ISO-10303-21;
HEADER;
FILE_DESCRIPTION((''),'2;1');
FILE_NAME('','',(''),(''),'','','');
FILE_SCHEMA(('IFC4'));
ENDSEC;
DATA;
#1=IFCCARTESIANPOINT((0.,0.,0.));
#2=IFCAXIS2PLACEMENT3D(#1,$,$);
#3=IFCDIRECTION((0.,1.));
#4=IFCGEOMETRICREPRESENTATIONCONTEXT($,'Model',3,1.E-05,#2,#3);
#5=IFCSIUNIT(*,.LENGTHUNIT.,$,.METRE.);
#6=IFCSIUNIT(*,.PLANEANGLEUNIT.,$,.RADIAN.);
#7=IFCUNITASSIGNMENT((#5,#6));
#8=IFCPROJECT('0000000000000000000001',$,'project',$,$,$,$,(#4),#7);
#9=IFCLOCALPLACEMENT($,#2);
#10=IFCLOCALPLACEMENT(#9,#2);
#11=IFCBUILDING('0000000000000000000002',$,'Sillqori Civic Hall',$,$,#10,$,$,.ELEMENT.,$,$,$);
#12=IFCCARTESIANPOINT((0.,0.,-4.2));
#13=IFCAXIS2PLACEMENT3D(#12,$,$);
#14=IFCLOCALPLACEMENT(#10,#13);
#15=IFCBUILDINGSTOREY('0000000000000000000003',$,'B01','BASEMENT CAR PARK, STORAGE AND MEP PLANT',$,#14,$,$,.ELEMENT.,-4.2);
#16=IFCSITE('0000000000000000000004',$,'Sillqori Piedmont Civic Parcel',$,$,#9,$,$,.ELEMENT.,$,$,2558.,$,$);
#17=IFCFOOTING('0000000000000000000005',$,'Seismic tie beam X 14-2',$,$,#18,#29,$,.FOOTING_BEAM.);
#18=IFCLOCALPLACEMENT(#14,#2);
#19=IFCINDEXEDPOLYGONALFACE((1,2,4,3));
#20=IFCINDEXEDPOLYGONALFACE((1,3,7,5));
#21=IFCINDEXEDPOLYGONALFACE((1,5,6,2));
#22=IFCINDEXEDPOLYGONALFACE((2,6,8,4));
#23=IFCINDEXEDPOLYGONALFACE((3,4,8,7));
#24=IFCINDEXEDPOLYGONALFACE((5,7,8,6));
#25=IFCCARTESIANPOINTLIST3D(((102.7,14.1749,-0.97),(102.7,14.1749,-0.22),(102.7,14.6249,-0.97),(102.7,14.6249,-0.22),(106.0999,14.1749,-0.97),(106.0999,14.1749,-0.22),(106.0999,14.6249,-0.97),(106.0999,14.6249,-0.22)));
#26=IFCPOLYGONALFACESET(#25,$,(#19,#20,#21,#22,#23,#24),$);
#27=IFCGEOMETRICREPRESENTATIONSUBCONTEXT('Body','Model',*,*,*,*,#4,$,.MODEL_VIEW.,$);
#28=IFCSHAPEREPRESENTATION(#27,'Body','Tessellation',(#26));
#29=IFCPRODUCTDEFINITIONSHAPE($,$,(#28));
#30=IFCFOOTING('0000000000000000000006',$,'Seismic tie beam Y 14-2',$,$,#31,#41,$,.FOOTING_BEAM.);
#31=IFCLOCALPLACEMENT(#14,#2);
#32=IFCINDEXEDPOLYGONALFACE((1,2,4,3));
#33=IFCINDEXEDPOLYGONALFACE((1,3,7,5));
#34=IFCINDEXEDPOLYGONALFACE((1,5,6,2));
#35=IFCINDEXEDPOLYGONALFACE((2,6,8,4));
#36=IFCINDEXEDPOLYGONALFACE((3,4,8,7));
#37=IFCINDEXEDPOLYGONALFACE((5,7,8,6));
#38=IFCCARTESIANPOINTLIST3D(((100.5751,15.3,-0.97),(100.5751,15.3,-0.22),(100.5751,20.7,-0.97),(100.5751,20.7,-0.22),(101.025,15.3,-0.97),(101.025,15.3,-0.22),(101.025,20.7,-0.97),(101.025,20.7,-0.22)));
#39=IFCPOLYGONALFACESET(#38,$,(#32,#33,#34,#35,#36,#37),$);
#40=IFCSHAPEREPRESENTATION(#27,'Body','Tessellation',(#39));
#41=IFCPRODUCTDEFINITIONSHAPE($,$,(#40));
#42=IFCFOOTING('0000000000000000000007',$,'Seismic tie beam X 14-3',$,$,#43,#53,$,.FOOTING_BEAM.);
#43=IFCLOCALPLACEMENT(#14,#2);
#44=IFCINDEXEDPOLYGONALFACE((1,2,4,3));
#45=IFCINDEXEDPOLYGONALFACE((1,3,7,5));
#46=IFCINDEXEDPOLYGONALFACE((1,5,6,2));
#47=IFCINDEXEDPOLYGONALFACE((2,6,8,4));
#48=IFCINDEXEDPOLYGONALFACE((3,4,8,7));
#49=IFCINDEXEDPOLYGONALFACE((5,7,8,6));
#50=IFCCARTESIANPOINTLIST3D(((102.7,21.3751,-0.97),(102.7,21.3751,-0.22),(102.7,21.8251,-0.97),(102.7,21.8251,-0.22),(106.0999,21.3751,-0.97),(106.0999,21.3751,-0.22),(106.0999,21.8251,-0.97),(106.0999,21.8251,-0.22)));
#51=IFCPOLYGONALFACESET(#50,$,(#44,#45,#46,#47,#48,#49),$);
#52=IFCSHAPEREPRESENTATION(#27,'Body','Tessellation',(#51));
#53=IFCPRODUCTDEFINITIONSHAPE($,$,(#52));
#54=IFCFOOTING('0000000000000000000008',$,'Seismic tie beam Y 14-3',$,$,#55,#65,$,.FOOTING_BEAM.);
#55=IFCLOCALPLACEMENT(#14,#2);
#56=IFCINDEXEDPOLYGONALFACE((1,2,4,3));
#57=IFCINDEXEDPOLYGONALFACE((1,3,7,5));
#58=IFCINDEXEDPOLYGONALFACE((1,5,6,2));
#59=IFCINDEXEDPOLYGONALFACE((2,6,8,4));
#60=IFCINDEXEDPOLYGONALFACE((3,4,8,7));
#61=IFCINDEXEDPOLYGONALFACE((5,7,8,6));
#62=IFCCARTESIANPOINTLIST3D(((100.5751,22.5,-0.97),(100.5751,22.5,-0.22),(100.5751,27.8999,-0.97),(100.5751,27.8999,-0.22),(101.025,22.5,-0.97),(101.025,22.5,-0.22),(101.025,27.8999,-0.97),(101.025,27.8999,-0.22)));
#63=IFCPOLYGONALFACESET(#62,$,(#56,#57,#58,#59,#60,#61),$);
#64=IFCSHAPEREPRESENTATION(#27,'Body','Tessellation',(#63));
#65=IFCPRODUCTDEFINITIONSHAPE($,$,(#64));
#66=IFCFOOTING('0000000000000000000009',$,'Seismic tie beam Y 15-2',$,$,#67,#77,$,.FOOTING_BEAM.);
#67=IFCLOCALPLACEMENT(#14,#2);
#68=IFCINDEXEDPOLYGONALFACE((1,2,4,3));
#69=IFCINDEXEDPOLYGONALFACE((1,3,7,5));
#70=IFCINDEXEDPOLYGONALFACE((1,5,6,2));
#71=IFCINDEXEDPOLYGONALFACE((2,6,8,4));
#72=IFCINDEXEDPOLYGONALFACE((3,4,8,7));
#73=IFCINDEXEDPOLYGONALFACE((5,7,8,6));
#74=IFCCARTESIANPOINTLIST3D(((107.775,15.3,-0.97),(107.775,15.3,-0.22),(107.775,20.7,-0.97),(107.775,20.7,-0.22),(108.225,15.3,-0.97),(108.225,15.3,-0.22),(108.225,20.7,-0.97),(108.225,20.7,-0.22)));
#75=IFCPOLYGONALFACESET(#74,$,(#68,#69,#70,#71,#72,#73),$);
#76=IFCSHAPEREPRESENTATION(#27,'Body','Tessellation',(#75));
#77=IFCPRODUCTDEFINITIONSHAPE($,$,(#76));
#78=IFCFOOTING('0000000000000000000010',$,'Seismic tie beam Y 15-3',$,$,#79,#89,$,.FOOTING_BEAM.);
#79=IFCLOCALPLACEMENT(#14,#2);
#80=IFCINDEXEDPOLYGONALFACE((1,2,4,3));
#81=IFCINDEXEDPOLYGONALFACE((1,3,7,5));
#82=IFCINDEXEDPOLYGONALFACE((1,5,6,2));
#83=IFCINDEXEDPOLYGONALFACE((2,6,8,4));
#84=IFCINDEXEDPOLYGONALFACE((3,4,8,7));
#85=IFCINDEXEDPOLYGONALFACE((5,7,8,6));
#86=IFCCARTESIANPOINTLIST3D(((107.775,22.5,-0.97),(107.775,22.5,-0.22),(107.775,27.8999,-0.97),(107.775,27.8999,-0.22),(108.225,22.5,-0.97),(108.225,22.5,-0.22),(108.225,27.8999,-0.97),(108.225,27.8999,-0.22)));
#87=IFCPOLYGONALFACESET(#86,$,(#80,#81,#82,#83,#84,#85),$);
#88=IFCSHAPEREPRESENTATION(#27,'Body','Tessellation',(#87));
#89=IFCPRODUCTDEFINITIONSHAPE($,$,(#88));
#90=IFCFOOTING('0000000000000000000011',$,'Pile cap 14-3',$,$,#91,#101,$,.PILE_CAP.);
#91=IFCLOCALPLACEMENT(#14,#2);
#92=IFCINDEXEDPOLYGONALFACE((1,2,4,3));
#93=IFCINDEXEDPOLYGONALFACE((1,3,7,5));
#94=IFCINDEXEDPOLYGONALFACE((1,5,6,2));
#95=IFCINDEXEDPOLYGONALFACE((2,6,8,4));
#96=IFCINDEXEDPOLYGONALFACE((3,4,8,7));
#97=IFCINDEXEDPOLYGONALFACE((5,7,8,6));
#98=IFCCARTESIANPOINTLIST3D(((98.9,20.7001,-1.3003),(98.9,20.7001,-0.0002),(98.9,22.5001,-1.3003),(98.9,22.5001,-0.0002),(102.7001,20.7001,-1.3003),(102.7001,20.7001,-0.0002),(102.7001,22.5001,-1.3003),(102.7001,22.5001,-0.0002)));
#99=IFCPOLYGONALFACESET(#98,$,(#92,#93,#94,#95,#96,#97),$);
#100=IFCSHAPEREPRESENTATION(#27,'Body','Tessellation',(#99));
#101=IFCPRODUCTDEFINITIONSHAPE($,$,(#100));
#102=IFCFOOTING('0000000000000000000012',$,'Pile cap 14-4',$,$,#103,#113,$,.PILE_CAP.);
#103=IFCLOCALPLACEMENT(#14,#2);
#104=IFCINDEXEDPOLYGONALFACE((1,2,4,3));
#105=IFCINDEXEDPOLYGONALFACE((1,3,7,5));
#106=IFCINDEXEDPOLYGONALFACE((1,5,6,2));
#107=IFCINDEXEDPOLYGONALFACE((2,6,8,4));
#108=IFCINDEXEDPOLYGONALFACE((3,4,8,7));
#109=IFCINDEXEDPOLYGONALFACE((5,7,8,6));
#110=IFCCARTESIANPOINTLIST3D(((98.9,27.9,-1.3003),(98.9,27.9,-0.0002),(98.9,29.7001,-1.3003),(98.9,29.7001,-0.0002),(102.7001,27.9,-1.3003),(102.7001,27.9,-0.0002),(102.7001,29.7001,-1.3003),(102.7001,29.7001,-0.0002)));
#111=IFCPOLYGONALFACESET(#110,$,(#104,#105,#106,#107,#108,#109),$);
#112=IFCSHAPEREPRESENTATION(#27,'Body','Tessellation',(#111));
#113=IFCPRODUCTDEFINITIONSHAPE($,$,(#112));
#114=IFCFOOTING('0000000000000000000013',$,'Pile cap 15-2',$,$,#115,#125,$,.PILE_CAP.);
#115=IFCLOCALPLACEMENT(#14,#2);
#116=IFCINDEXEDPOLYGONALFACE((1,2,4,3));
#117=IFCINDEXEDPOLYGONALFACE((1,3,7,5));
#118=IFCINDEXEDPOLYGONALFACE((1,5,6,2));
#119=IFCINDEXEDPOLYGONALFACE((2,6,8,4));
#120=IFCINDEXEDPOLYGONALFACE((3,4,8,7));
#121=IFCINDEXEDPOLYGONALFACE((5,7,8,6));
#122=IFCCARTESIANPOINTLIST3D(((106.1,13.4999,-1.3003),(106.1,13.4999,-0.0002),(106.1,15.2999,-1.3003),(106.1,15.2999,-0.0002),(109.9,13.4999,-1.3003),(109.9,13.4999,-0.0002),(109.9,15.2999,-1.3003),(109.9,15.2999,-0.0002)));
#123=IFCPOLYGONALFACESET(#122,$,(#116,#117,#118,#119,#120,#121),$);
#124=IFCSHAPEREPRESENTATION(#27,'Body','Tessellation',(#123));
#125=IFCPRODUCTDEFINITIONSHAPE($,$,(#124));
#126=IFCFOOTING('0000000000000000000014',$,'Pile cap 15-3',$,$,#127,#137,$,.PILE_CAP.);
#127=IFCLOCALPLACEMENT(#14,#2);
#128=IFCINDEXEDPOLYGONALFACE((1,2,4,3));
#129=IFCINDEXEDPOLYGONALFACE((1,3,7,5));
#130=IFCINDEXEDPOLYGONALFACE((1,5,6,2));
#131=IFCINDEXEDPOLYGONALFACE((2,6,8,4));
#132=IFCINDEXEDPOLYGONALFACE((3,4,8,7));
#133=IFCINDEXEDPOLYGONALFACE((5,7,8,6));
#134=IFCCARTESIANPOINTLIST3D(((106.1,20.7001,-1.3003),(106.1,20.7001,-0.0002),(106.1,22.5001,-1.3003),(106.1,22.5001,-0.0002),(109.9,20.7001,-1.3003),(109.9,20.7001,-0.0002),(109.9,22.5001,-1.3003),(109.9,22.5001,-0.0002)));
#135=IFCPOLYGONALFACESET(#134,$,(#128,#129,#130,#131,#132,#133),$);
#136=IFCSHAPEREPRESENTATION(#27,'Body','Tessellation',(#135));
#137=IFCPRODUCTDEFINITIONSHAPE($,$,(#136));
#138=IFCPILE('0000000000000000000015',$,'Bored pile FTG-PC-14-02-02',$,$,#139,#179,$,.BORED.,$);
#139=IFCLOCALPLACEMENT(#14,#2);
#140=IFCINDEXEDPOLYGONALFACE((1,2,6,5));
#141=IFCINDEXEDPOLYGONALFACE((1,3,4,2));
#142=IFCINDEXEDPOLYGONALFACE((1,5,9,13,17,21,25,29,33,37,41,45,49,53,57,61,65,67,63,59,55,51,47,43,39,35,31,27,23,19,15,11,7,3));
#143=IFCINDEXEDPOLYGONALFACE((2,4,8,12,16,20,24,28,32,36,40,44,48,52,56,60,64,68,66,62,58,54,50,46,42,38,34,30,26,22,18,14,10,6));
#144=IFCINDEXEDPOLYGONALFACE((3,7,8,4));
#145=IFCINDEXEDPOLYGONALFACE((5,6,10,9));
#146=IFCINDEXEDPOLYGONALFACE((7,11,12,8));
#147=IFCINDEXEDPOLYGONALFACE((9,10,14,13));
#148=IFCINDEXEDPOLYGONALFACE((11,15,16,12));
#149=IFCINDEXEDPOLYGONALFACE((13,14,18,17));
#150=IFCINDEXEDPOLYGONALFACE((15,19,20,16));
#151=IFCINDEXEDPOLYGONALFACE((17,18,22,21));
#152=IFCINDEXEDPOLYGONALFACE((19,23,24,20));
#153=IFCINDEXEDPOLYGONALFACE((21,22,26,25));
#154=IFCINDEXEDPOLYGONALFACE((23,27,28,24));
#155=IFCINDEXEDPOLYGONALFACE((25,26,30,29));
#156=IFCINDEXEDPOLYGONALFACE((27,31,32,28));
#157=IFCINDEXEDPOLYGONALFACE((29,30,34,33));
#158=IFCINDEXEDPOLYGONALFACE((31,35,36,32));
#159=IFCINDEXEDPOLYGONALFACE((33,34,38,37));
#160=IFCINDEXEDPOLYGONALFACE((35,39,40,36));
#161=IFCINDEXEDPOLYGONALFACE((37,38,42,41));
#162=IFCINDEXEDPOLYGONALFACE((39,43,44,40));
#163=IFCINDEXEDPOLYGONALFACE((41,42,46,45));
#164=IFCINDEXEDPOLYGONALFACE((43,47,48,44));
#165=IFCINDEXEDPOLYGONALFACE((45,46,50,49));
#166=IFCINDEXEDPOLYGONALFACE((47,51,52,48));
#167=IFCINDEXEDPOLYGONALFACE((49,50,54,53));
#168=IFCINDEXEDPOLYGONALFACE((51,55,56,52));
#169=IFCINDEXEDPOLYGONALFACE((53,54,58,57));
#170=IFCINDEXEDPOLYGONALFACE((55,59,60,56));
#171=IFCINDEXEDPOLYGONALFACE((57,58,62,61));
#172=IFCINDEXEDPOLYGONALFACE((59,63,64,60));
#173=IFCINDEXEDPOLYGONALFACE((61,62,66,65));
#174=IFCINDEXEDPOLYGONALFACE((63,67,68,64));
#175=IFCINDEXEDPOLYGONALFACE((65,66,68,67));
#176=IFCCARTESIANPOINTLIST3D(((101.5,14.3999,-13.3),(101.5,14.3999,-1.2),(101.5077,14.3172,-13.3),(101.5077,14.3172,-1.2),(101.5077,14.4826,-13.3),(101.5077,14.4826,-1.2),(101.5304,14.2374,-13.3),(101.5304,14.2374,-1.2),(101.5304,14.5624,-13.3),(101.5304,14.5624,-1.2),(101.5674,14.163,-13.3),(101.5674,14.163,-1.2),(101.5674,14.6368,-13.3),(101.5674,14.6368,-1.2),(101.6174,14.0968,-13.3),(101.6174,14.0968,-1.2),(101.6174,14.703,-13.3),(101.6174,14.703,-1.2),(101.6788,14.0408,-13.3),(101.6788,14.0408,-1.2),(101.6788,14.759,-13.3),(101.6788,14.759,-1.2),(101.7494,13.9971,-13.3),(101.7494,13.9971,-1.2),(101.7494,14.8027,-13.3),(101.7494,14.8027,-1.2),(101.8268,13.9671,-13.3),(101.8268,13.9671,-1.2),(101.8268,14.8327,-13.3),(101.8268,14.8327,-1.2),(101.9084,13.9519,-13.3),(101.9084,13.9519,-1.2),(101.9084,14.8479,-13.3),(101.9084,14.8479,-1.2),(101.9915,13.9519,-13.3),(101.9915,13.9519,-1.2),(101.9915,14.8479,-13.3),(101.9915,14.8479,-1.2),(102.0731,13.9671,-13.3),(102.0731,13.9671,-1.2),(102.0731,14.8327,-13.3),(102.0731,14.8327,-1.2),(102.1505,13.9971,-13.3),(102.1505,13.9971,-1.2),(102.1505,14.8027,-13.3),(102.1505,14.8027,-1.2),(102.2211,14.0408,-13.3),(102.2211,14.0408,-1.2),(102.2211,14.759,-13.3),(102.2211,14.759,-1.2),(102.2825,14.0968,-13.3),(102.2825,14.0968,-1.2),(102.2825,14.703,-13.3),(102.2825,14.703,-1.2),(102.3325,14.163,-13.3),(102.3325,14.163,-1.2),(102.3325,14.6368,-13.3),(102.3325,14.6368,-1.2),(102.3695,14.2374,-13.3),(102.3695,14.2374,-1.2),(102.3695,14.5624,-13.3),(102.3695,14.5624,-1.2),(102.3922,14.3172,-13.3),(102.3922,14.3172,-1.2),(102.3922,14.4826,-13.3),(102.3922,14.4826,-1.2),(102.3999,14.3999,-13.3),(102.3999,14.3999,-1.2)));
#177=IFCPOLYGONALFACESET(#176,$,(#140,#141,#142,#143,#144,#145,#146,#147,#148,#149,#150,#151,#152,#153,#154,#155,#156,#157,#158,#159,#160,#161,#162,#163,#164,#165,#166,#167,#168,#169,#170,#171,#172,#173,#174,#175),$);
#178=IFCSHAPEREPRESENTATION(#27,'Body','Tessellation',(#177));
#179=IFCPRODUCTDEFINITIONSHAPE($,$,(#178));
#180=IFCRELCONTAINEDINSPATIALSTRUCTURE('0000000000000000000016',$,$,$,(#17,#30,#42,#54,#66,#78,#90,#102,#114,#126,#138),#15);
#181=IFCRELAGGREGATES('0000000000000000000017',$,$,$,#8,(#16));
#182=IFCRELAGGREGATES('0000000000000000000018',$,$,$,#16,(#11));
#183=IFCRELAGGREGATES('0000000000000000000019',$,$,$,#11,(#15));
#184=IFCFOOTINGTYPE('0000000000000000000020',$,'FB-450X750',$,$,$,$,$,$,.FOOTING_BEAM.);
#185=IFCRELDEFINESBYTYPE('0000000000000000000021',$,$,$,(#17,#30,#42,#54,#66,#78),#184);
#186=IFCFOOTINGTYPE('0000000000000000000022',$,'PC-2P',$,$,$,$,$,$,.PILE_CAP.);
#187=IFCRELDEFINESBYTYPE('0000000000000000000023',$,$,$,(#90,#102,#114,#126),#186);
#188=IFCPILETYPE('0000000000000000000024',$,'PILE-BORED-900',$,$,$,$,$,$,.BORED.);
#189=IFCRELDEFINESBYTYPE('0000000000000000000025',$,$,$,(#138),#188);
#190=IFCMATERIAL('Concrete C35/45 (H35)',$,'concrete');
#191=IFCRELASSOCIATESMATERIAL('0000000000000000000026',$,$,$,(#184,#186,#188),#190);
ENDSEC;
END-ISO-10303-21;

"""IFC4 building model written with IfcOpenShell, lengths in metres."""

from ifc_helpers import new_model, si_unit, direction, frame, origin, origin_2d, place, context, subcontext, project, spatial, rectangle, circle, extrude, material, material_profile, profile_set, type_object, element, save


model = new_model("IFC4")

# Units and contexts
model_context = context("Model", 3, precision=1e-05, world=origin(), true_north=direction((0.0, 1.0)))
body_context = subcontext(model_context, "Body", "Model", "MODEL_VIEW")
ifc_project = project(units=[si_unit("LENGTHUNIT", "METRE"), si_unit("PLANEANGLEUNIT", "RADIAN")], contexts=[model_context])

# Site, building, storey
site_placement = place(None, origin())
site = spatial("IfcSite", under=ifc_project, at=site_placement, Name="Sillqori Piedmont Civic Parcel", CompositionType="ELEMENT", RefElevation=2558.0)
building_placement = place(site_placement, origin())
building = spatial("IfcBuilding", under=site, at=building_placement, Name="Sillqori Civic Hall", CompositionType="ELEMENT")
storey_placement = place(building_placement, frame((0.0, 0.0, -4.2)))
storey = spatial("IfcBuildingStorey", under=building, at=storey_placement, Name="B01", Description="BASEMENT CAR PARK, STORAGE AND MEP PLANT", CompositionType="ELEMENT", Elevation=-4.2)

# Footings
ifc_material = material(Name="Concrete C35/45 (H35)", Category="concrete")
footing_type_1 = type_object("IfcFootingType", Name="FB-450X750", PredefinedType="FOOTING_BEAM", material=ifc_material)
footing_1_placement = place(storey_placement, frame((104.3999, 14.3999, -0.97), z_axis=(0.0, 0.0, 1.0), x_axis=(1.0, 0.0, 0.0)))
element("IfcFooting", 1, at=footing_1_placement, inside=storey, type_object=footing_type_1, Name="Seismic tie beam X 14-2", PredefinedType="FOOTING_BEAM", context=body_context, shape_type="SweptSolid", body=[
    extrude(rectangle(XDim=3.3999, YDim=0.45, at=origin_2d()), origin(), (0.0, 0.0, 1.0), 0.75),
])
footing_2_placement = place(storey_placement, frame((100.8, 18.0, -0.97), z_axis=(0.0, 0.0, 1.0), x_axis=(1.0, 0.0, 0.0)))
element("IfcFooting", 2, at=footing_2_placement, inside=storey, type_object=footing_type_1, Name="Seismic tie beam Y 14-2", PredefinedType="FOOTING_BEAM", context=body_context, shape_type="SweptSolid", body=[
    extrude(rectangle(XDim=0.45, YDim=5.3999, at=origin_2d()), origin(), (0.0, 0.0, 1.0), 0.75),
])
footing_3_placement = place(storey_placement, frame((104.3999, 21.6001, -0.97), z_axis=(0.0, 0.0, 1.0), x_axis=(1.0, 0.0, 0.0)))
element("IfcFooting", 3, at=footing_3_placement, inside=storey, type_object=footing_type_1, Name="Seismic tie beam X 14-3", PredefinedType="FOOTING_BEAM", context=body_context, shape_type="SweptSolid", body=[
    extrude(rectangle(XDim=3.3999, YDim=0.45, at=origin_2d()), origin(), (0.0, 0.0, 1.0), 0.75),
])
for number, where, z_axis, x_axis, name in (
    (4, (100.8, 25.2, -0.97), (0.0, 0.0, 1.0), (1.0, 0.0, 0.0), "Seismic tie beam Y 14-3"),
    (5, (108.0, 18.0, -0.97), (0.0, 0.0, 1.0), (1.0, 0.0, 0.0), "Seismic tie beam Y 15-2"),
    (6, (108.0, 25.2, -0.97), (0.0, 0.0, 1.0), (1.0, 0.0, 0.0), "Seismic tie beam Y 15-3"),
):
    element("IfcFooting", number, at=place(storey_placement, frame(where, z_axis=z_axis, x_axis=x_axis)), inside=storey, type_object=footing_type_1, Name=name, PredefinedType="FOOTING_BEAM", context=body_context, shape_type="SweptSolid", body=[
        extrude(rectangle(XDim=0.45, YDim=5.3999, at=origin_2d()), origin(), (0.0, 0.0, 1.0), 0.75),
    ])
footing_type_2 = type_object("IfcFootingType", Name="PC-2P", PredefinedType="PILE_CAP", material=ifc_material)
for number, where, z_axis, x_axis, name in (
    (7, (100.8, 21.6001, -1.3003), (0.0, 0.0, 1.0), (1.0, 0.0, 0.0), "Pile cap 14-3"),
    (8, (100.8, 28.8, -1.3003), (0.0, 0.0, 1.0), (1.0, 0.0, 0.0), "Pile cap 14-4"),
    (9, (108.0, 14.3999, -1.3003), (0.0, 0.0, 1.0), (1.0, 0.0, 0.0), "Pile cap 15-2"),
    (10, (108.0, 21.6001, -1.3003), (0.0, 0.0, 1.0), (1.0, 0.0, 0.0), "Pile cap 15-3"),
):
    element("IfcFooting", number, at=place(storey_placement, frame(where, z_axis=z_axis, x_axis=x_axis)), inside=storey, type_object=footing_type_2, Name=name, PredefinedType="PILE_CAP", context=body_context, shape_type="SweptSolid", body=[
        extrude(rectangle(XDim=3.8, YDim=1.8, at=origin_2d()), origin(), (0.0, 0.0, 1.0), 1.3),
    ])

# Pile
ifc_material_profile_1 = material_profile(ifc_material, circle(Radius=0.45, at=origin_2d()), Name="BORED PILE 900")
ifc_profile_set_1 = profile_set([ifc_material_profile_1], Name="Concrete C35/45 (H35)")
pile_type = type_object("IfcPileType", Name="PILE-BORED-900", PredefinedType="BORED", material=ifc_profile_set_1)
for number, where, z_axis, x_axis, name in (
    (11, (101.95, 14.3999, -1.2), (0.0, 0.0, -1.0), (1.0, 0.0, 0.0), "Bored pile FTG-PC-14-02-02"),
):
    element("IfcPile", number, at=place(storey_placement, frame(where, z_axis=z_axis, x_axis=x_axis)), inside=storey, type_object=pile_type, Name=name, PredefinedType="BORED", context=body_context, shape_type="SweptSolid", body=[
        extrude(circle(Radius=0.45, at=origin_2d()), origin(), (0.0, 0.0, 1.0), 12.1001),
    ])

save(model, "model.ifc")
